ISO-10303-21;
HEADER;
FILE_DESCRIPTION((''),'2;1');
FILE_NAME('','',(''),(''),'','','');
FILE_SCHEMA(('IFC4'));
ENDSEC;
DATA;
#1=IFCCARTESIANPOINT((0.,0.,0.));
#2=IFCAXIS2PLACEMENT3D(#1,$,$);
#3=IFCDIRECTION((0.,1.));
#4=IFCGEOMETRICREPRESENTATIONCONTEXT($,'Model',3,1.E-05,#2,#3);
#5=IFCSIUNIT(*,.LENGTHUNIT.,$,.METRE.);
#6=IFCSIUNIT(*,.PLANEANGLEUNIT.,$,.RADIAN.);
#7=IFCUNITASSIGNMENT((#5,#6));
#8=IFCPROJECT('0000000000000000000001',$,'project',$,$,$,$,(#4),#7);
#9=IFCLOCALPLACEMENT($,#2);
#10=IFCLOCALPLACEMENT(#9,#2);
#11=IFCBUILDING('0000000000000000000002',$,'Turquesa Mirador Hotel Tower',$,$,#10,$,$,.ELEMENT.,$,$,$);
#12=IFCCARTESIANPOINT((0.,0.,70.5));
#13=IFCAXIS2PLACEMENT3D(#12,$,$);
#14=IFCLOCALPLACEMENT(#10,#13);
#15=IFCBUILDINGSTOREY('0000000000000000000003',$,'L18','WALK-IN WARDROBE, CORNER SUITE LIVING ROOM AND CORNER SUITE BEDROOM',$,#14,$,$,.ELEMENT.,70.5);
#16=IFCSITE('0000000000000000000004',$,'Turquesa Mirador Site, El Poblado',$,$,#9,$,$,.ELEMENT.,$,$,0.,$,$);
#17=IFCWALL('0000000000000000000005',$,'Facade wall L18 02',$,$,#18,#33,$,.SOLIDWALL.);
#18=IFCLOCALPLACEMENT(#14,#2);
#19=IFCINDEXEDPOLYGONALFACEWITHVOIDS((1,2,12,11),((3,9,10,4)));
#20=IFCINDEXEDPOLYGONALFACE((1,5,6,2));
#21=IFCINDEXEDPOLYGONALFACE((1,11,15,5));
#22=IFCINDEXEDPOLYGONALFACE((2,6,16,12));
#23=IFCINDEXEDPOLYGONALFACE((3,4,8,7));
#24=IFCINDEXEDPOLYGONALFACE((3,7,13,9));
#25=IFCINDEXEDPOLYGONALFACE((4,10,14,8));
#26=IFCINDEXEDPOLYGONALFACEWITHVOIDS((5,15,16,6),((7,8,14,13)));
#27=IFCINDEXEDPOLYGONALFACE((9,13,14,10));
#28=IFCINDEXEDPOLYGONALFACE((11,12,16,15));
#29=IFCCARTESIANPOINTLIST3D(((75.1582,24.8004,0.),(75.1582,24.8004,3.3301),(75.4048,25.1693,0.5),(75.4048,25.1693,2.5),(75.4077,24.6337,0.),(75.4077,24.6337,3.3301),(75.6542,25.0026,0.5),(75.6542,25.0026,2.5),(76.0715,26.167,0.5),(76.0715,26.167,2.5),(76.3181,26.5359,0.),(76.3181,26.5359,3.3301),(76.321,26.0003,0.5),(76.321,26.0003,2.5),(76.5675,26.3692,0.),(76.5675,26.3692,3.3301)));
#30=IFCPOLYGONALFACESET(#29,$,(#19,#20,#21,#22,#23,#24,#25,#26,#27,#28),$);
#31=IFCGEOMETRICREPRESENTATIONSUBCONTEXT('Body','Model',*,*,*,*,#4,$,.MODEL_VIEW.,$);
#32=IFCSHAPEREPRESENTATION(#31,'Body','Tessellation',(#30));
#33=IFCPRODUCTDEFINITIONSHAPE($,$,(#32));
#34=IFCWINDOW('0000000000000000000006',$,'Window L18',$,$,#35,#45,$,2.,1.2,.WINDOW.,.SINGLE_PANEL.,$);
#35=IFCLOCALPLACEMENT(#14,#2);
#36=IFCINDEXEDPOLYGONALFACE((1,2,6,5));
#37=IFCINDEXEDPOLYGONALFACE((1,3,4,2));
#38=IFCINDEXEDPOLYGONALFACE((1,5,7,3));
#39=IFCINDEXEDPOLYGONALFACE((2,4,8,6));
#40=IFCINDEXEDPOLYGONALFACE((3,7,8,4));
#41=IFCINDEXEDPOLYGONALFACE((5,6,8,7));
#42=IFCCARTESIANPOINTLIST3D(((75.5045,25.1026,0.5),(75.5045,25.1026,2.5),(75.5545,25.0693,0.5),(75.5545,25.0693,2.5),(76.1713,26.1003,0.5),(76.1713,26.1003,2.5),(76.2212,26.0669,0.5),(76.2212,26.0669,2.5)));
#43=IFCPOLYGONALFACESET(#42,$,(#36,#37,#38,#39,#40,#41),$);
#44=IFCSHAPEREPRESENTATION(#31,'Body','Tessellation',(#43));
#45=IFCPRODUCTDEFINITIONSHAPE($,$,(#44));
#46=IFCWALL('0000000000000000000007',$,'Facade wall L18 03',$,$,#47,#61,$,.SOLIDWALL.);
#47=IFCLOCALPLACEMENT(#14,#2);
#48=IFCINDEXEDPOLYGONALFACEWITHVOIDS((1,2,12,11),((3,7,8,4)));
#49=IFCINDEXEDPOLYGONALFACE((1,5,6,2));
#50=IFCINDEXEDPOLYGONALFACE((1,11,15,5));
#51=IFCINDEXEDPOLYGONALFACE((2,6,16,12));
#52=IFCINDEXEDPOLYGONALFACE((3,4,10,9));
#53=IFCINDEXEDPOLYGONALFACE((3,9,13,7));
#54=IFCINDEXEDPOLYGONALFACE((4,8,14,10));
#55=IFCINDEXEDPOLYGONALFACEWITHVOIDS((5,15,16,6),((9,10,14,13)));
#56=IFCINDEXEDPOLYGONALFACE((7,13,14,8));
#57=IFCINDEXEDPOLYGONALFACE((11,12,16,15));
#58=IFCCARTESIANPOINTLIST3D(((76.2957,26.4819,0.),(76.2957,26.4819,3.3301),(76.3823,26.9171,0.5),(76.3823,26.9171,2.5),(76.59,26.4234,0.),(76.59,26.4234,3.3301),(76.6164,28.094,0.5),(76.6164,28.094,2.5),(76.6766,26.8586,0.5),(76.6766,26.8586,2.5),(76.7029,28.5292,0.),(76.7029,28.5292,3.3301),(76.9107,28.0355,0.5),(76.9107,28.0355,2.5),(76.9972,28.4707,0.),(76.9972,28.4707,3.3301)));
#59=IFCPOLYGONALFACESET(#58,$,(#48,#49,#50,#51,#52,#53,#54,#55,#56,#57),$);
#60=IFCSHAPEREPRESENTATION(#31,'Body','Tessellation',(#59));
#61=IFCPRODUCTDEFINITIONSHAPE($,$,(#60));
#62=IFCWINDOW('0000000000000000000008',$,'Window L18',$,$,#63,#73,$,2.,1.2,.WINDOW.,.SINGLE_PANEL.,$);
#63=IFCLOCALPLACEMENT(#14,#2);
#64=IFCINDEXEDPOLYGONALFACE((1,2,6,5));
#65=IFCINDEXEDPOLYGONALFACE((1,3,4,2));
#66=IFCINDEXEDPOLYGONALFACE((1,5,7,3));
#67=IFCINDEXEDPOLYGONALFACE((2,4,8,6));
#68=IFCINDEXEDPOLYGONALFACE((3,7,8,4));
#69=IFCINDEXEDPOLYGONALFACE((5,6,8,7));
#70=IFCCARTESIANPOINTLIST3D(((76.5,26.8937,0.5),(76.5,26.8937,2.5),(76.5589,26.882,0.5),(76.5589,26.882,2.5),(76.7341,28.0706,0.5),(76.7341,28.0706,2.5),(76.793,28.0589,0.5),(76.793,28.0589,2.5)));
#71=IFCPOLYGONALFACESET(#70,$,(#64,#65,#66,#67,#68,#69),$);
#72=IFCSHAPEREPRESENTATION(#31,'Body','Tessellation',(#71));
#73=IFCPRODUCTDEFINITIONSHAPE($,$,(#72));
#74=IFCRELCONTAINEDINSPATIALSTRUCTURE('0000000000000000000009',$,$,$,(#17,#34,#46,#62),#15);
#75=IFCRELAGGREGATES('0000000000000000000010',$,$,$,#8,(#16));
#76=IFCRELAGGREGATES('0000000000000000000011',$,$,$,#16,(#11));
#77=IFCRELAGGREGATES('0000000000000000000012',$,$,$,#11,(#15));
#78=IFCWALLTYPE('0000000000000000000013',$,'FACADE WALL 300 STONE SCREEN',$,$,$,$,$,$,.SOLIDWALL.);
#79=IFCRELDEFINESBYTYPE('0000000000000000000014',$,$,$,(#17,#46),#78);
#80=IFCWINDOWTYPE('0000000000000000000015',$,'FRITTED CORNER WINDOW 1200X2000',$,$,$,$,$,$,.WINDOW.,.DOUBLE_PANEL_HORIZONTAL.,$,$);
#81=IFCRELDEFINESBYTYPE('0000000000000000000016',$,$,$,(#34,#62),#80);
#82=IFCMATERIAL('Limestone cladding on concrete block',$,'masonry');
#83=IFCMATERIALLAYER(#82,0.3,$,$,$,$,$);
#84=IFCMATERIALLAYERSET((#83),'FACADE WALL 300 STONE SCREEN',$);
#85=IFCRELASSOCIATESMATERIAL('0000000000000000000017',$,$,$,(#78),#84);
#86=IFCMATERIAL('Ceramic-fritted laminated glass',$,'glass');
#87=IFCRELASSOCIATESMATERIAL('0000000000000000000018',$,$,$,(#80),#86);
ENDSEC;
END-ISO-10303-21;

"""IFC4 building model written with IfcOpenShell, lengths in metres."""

from ifc_helpers import new_model, si_unit, direction, frame, frame_2d, origin, place, context, subcontext, project, spatial, rectangle, extrude, material, layer, layer_set, type_object, element, fill, save


model = new_model("IFC4")

# Units and contexts
model_context = context("Model", 3, precision=1e-05, world=origin(), true_north=direction((0.0, 1.0)))
body_context = subcontext(model_context, "Body", "Model", "MODEL_VIEW")
ifc_project = project(units=[si_unit("LENGTHUNIT", "METRE"), si_unit("PLANEANGLEUNIT", "RADIAN")], contexts=[model_context])

# Site, building, storey
site_placement = place(None, origin())
site = spatial("IfcSite", under=ifc_project, at=site_placement, Name="Turquesa Mirador Site, El Poblado", CompositionType="ELEMENT", RefElevation=0.0)
building_placement = place(site_placement, origin())
building = spatial("IfcBuilding", under=site, at=building_placement, Name="Turquesa Mirador Hotel Tower", CompositionType="ELEMENT")
storey_placement = place(building_placement, frame((0.0, 0.0, 70.5)))
storey = spatial("IfcBuildingStorey", under=building, at=storey_placement, Name="L18", Description="WALK-IN WARDROBE, CORNER SUITE LIVING ROOM AND CORNER SUITE BEDROOM", CompositionType="ELEMENT", Elevation=70.5)

# Walls, openings, windows
ifc_material_1 = material(Name="Limestone cladding on concrete block", Category="masonry")
ifc_layer = layer(ifc_material_1, 0.3)
ifc_layer_set = layer_set([ifc_layer], Name="FACADE WALL 300 STONE SCREEN")
wall_type = type_object("IfcWallType", Name="FACADE WALL 300 STONE SCREEN", PredefinedType="SOLIDWALL", material=ifc_layer_set)
ifc_material_2 = material(Name="Ceramic-fritted laminated glass", Category="glass")
window_type_1 = type_object("IfcWindowType", Name="FRITTED CORNER WINDOW 1200X2000", PartitioningType="DOUBLE_PANEL_HORIZONTAL", PredefinedType="WINDOW", material=ifc_material_2)
wall_1_placement = place(storey_placement, frame((75.283, 24.717, 0.0), z_axis=(0.0, 0.0, 1.0), x_axis=(0.555644, 0.83142, 0.0)))
wall_1 = element("IfcWall", 1, at=wall_1_placement, inside=storey, type_object=wall_type, Name="Facade wall L18 02", PredefinedType="SOLIDWALL", context=body_context, shape_type="SweptSolid", body=[
    extrude(rectangle(XDim=2.0874, YDim=0.3, at=frame_2d((1.0437, 0.0))), origin(), (0.0, 0.0, 1.0), 3.3301),
])
opening_1_placement = place(wall_1_placement, frame((0.4436, 0.0, 0.5)))
opening_1 = element("IfcOpeningElement", 2, at=opening_1_placement, cuts=wall_1, PredefinedType="OPENING", context=body_context, shape_type="SweptSolid", body=[
    extrude(rectangle(XDim=1.2, YDim=2.0, at=frame_2d((0.6001, 1.0))), frame((0.0, 0.1599, 0.0), z_axis=(0.0, -1.0, 0.0), x_axis=(1.0, 0.0, 0.0)), (0.0, 0.0, 1.0), 0.3201),
])
window_1_placement = place(opening_1_placement, origin())
window_1 = element("IfcWindow", 3, at=window_1_placement, inside=storey, type_object=window_type_1, Name="Window L18", OverallHeight=2.0, OverallWidth=1.2, PartitioningType="SINGLE_PANEL", PredefinedType="WINDOW", context=body_context, shape_type="SweptSolid", body=[
    extrude(rectangle(XDim=1.2, YDim=2.0, at=frame_2d((0.6001, 1.0))), frame((0.0, 0.03, 0.0), z_axis=(0.0, -1.0, 0.0), x_axis=(1.0, 0.0, 0.0)), (0.0, 0.0, 1.0), 0.0601),
])
fill(opening_1, window_1)
wall_2_placement = place(storey_placement, frame((76.4429, 26.4526, 0.0), z_axis=(0.0, 0.0, 1.0), x_axis=(0.195081, 0.980787, 0.0)))
wall_2 = element("IfcWall", 4, at=wall_2_placement, inside=storey, type_object=wall_type, Name="Facade wall L18 03", PredefinedType="SOLIDWALL", context=body_context, shape_type="SweptSolid", body=[
    extrude(rectangle(XDim=2.0874, YDim=0.3, at=frame_2d((1.0437, 0.0))), origin(), (0.0, 0.0, 1.0), 3.3301),
])
opening_2_placement = place(wall_2_placement, frame((0.4436, 0.0, 0.5)))
opening_2 = element("IfcOpeningElement", 5, at=opening_2_placement, cuts=wall_2, PredefinedType="OPENING", context=body_context, shape_type="SweptSolid", body=[
    extrude(rectangle(XDim=1.2, YDim=2.0, at=frame_2d((0.6001, 1.0))), frame((0.0, 0.1599, 0.0), z_axis=(0.0, -1.0, 0.0), x_axis=(1.0, 0.0, 0.0)), (0.0, 0.0, 1.0), 0.3201),
])
window_2_placement = place(opening_2_placement, origin())
window_2 = element("IfcWindow", 6, at=window_2_placement, inside=storey, type_object=window_type_1, Name="Window L18", OverallHeight=2.0, OverallWidth=1.2, PartitioningType="SINGLE_PANEL", PredefinedType="WINDOW", context=body_context, shape_type="SweptSolid", body=[
    extrude(rectangle(XDim=1.2, YDim=2.0, at=frame_2d((0.6001, 1.0))), frame((0.0, 0.03, 0.0), z_axis=(0.0, -1.0, 0.0), x_axis=(1.0, 0.0, 0.0)), (0.0, 0.0, 1.0), 0.0601),
])
fill(opening_2, window_2)

save(model, "model.ifc")
